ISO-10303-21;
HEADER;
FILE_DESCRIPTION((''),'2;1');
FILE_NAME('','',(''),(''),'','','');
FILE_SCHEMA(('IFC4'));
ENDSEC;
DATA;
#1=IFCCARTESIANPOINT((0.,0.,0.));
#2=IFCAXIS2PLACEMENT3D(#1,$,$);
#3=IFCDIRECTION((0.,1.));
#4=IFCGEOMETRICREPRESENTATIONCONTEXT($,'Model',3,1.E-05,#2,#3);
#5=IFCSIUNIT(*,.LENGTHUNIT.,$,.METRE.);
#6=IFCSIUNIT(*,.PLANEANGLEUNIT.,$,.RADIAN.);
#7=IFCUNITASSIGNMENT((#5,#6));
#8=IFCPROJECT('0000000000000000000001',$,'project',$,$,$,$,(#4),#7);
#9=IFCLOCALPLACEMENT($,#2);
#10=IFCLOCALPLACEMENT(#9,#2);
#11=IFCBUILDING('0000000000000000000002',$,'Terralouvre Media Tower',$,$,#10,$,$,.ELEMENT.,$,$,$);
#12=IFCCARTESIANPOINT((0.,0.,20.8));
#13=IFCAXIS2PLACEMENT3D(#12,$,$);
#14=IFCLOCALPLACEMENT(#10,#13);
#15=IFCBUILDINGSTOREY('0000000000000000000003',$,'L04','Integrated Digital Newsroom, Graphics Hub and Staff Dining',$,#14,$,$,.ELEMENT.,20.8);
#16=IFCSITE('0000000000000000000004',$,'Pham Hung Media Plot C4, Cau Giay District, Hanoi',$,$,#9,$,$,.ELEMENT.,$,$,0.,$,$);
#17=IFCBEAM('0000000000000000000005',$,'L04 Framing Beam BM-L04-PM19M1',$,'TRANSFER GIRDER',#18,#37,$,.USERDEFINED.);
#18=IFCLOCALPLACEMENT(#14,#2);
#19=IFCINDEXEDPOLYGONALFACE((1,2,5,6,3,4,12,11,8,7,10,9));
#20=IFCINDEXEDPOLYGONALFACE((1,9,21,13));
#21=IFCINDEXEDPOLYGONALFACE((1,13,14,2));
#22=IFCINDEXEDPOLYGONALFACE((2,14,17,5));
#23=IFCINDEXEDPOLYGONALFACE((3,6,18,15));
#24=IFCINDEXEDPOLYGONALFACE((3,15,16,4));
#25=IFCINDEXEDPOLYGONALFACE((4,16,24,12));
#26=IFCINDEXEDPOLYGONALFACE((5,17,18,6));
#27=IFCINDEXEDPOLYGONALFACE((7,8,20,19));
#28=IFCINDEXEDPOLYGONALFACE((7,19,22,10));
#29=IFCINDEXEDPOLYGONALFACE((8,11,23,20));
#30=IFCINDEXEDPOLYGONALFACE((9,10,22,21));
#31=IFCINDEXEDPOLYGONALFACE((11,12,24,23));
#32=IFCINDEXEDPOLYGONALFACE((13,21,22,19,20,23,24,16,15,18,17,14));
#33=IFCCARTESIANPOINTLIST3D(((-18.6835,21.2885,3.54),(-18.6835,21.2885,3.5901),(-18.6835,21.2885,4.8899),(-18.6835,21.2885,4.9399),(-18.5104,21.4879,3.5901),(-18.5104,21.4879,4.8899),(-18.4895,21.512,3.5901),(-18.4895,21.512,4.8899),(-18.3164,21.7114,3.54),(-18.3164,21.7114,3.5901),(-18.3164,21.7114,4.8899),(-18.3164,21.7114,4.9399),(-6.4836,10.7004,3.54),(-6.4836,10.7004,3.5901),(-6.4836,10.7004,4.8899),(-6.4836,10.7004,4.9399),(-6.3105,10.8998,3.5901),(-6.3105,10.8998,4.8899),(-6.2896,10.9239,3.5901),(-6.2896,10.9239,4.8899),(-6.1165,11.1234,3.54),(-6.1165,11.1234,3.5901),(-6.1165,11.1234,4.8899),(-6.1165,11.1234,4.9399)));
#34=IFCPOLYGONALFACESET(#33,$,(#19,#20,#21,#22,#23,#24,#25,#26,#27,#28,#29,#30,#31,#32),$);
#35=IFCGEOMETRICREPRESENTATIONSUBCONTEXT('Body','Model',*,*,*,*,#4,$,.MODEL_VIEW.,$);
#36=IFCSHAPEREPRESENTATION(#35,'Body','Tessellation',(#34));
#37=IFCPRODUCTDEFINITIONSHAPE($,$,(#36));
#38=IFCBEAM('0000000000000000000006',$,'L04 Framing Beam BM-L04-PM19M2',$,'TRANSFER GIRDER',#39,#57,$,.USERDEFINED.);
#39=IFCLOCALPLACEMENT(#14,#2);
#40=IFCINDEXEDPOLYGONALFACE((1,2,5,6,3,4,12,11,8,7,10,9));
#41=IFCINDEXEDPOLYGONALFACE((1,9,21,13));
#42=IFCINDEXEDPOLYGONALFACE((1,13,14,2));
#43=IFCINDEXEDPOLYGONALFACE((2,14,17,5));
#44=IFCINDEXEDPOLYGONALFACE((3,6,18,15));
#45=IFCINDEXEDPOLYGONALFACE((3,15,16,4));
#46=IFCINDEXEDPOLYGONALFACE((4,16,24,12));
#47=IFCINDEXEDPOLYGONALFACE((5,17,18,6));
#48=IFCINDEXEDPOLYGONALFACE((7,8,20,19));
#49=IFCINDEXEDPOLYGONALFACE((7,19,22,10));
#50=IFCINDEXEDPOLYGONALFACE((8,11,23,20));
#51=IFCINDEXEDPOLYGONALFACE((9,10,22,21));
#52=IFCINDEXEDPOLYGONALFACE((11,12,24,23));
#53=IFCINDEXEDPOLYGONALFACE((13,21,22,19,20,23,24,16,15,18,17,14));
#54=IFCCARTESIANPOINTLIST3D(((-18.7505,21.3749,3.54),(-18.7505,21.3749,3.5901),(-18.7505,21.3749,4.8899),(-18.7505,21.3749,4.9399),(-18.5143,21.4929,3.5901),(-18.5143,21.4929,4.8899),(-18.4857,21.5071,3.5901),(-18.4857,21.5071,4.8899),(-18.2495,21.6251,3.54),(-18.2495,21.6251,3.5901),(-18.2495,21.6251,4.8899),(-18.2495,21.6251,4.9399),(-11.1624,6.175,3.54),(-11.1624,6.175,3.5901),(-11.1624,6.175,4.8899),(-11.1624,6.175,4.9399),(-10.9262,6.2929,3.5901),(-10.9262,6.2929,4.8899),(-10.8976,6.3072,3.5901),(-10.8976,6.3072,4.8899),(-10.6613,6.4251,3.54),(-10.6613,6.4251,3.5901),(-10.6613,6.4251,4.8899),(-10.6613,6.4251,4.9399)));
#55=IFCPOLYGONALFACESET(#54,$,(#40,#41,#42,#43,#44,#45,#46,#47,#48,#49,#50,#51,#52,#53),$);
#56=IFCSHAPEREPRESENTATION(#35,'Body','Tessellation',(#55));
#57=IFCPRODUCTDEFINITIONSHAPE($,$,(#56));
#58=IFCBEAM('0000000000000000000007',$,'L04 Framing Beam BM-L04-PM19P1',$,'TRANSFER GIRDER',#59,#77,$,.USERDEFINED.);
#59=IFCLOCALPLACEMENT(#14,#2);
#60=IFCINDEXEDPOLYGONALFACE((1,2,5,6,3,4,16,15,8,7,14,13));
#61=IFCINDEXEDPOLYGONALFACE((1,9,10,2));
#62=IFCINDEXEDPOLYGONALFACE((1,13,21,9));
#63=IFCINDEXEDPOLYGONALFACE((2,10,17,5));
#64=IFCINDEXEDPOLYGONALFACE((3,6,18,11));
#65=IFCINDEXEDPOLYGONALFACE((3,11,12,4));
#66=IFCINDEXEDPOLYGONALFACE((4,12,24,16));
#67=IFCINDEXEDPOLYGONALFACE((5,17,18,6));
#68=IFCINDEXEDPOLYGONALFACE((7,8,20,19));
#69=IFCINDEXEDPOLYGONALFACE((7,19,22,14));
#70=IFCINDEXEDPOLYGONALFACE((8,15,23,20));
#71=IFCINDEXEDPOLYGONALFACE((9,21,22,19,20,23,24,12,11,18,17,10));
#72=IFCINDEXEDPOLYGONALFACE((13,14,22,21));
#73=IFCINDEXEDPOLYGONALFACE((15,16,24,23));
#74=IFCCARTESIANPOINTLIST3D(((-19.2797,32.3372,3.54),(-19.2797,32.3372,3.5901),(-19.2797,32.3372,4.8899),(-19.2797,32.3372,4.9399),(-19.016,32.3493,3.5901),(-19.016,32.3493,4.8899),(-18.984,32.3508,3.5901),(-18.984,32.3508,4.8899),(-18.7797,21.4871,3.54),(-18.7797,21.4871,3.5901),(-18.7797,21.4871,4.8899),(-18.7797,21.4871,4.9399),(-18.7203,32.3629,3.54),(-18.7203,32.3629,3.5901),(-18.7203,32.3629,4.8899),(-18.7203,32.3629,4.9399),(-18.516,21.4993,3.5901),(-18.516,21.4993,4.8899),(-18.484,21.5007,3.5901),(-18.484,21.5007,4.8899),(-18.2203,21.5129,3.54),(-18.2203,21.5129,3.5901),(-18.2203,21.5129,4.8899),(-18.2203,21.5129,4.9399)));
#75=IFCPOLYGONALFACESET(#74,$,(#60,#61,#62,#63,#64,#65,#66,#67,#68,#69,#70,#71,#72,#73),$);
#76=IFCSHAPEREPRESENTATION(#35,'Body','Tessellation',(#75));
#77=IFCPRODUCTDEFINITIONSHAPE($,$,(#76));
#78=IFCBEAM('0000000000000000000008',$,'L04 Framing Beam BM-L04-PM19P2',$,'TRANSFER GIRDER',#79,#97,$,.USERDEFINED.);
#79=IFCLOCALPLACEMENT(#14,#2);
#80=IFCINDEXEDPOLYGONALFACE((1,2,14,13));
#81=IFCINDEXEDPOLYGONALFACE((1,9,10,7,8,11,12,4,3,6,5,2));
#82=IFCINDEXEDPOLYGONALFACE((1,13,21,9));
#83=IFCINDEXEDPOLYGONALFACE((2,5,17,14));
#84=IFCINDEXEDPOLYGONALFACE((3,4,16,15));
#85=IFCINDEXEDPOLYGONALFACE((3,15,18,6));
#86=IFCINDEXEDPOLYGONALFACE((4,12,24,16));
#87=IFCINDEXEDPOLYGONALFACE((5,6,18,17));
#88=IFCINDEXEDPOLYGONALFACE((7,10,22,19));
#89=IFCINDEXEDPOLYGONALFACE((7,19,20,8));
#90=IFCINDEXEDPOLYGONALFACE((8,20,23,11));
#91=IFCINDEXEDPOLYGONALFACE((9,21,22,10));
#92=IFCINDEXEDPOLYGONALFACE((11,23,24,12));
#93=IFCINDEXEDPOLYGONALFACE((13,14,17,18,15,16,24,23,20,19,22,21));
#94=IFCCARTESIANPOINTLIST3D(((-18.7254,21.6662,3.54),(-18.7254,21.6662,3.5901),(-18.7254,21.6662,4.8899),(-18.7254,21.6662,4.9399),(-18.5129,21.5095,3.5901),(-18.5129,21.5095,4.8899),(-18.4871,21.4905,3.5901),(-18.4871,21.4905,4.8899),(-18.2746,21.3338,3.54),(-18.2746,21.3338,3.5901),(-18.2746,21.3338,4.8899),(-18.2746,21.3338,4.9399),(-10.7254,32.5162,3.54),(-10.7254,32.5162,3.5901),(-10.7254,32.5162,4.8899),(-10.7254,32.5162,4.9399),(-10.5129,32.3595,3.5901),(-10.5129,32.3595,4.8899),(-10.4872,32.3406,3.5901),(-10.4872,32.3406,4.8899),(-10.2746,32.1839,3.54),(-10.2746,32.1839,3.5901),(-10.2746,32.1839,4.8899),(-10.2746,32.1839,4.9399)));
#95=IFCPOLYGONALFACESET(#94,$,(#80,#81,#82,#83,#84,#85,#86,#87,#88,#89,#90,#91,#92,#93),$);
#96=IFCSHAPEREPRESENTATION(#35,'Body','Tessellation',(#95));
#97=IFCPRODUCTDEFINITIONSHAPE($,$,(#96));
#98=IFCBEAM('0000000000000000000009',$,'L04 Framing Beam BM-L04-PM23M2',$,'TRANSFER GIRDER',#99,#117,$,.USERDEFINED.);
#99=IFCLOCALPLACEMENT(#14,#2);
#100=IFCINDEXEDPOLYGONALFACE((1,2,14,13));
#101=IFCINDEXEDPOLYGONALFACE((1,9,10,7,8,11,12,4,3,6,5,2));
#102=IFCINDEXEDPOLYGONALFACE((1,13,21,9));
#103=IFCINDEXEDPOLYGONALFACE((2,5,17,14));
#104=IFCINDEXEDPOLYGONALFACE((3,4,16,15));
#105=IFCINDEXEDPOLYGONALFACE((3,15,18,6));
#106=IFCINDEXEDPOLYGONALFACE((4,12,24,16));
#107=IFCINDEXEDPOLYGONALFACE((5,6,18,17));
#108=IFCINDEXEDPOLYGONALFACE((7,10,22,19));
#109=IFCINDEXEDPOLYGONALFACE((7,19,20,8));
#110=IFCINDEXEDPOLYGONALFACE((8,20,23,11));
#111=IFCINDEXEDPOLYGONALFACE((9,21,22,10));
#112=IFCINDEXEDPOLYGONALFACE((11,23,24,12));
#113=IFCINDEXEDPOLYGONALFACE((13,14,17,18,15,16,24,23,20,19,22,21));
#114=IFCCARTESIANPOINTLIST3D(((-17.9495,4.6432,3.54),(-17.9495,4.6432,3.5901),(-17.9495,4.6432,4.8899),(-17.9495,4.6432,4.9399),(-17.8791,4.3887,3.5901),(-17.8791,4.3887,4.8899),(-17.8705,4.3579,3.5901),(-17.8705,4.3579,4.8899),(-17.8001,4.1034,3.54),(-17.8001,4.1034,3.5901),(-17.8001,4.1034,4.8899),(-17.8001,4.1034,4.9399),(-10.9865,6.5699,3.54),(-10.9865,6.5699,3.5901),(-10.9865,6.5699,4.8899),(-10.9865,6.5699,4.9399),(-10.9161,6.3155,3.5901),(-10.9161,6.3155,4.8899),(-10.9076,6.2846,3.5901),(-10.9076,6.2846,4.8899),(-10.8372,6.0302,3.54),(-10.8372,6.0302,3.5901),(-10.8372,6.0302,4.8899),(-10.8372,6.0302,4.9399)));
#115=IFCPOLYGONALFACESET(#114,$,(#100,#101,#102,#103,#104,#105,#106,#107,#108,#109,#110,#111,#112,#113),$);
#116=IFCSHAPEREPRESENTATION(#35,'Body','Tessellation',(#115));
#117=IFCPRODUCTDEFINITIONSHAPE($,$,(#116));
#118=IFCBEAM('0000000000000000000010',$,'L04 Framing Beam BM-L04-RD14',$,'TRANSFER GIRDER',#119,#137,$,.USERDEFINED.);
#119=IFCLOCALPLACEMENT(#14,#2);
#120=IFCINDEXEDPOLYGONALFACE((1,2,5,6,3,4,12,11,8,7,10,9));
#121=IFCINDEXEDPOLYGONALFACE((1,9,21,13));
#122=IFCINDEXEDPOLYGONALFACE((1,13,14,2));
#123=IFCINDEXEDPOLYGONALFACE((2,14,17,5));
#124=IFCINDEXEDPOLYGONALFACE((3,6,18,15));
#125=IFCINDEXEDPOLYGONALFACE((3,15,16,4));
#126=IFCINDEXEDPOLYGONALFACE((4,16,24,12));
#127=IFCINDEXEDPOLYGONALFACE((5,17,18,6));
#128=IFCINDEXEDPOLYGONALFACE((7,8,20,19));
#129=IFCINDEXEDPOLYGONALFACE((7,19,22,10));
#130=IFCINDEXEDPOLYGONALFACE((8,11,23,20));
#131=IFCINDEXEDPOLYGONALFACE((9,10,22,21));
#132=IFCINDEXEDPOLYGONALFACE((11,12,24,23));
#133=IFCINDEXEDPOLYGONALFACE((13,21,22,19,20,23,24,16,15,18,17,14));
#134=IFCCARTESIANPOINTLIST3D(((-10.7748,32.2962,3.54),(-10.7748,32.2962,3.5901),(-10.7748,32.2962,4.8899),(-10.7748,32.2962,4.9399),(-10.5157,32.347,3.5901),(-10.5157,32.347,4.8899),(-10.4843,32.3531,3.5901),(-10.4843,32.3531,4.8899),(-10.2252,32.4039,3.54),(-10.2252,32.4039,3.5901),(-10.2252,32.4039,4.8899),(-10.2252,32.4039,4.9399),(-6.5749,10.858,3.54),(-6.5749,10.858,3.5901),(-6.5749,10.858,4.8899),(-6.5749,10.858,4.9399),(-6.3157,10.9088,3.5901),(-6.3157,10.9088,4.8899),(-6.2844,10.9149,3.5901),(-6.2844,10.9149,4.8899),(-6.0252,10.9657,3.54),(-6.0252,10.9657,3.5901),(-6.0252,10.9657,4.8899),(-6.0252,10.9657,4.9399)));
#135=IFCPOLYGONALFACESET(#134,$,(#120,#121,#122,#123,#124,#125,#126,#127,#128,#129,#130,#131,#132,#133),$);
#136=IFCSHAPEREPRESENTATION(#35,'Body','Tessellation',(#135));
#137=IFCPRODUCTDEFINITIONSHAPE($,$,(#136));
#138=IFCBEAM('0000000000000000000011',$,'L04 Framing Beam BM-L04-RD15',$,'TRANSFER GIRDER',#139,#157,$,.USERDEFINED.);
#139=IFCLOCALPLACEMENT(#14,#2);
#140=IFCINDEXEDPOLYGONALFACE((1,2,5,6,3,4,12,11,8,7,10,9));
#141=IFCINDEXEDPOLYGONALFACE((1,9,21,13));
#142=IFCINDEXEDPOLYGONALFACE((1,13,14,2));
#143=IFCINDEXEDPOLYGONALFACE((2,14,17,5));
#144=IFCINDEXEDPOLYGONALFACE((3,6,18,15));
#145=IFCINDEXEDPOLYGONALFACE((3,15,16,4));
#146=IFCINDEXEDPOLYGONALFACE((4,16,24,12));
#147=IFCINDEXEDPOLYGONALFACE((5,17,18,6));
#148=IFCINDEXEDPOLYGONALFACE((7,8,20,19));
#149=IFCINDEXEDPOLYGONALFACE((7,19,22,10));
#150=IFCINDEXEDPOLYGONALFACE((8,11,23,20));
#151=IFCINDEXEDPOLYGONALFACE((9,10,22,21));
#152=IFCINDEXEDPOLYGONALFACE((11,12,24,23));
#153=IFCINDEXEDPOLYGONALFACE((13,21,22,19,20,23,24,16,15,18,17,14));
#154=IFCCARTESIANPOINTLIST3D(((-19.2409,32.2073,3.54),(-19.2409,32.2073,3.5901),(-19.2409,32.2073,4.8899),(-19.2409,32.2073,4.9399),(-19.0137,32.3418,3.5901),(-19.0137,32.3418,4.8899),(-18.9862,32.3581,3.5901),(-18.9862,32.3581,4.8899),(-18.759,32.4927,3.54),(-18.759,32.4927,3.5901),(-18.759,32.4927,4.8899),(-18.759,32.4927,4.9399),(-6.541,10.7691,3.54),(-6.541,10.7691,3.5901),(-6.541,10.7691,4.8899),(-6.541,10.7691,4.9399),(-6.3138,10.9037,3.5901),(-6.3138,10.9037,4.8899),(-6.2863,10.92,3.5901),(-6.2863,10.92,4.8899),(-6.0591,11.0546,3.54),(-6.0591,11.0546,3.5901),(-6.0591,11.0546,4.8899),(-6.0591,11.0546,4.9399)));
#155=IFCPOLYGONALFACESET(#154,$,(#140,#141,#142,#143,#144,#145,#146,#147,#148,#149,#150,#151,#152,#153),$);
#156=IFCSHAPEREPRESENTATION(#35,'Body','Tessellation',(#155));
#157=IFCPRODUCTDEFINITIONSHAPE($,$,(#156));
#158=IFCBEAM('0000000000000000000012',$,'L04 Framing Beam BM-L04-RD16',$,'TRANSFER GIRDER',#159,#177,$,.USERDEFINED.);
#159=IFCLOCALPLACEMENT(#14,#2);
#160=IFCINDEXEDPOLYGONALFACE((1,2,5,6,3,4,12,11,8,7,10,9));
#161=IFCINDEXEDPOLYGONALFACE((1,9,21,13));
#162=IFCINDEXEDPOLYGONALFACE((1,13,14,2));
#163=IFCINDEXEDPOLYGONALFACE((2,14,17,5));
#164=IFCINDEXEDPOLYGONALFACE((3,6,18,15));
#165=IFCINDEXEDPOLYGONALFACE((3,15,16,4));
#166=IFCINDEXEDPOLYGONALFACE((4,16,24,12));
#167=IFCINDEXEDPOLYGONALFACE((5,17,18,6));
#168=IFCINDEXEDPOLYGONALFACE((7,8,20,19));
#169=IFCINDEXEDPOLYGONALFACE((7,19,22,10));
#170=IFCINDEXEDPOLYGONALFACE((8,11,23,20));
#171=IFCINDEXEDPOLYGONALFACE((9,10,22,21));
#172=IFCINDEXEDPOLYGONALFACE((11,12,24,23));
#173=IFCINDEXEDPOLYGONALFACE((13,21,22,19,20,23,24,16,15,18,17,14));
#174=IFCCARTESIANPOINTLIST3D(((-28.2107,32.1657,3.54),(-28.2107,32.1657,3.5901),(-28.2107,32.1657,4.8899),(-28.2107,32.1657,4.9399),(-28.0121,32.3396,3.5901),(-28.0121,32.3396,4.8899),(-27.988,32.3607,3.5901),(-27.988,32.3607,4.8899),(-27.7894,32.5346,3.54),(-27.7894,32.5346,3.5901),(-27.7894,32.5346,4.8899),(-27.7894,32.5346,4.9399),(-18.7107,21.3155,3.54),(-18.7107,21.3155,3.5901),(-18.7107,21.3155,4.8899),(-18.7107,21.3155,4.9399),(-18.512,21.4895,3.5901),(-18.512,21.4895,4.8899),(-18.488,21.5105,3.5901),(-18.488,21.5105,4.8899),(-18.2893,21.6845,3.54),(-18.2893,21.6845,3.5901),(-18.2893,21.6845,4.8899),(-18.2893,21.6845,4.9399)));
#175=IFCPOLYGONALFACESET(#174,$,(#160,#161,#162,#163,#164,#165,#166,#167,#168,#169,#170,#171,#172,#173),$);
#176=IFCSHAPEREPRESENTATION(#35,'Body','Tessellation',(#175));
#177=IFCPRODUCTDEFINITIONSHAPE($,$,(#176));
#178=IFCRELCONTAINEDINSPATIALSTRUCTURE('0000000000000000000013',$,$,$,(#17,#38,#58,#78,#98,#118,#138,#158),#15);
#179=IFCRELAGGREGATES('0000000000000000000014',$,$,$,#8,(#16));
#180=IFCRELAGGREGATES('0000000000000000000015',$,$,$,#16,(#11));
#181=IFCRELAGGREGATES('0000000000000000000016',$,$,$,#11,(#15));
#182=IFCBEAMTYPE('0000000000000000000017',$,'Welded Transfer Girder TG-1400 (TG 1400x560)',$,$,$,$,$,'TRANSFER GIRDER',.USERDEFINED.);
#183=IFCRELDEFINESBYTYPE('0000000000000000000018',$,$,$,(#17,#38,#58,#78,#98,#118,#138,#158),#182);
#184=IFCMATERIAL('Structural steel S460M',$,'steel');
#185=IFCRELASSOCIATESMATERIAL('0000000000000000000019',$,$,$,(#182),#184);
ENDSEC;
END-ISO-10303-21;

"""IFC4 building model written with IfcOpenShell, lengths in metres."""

from ifc_helpers import new_model, si_unit, direction, frame, origin, origin_2d, place, context, subcontext, project, spatial, i_section, extrude, material, material_profile, profile_set, type_object, element, save


model = new_model("IFC4")

# Units and contexts
model_context = context("Model", 3, precision=1e-05, world=origin(), true_north=direction((0.0, 1.0)))
body_context = subcontext(model_context, "Body", "Model", "MODEL_VIEW")
ifc_project = project(units=[si_unit("LENGTHUNIT", "METRE"), si_unit("PLANEANGLEUNIT", "RADIAN")], contexts=[model_context])

# Site, building, storey
site_placement = place(None, origin())
site = spatial("IfcSite", under=ifc_project, at=site_placement, Name="Pham Hung Media Plot C4, Cau Giay District, Hanoi", CompositionType="ELEMENT", RefElevation=0.0)
building_placement = place(site_placement, origin())
building = spatial("IfcBuilding", under=site, at=building_placement, Name="Terralouvre Media Tower", CompositionType="ELEMENT")
storey_placement = place(building_placement, frame((0.0, 0.0, 20.8)))
storey = spatial("IfcBuildingStorey", under=building, at=storey_placement, Name="L04", Description="Integrated Digital Newsroom, Graphics Hub and Staff Dining", CompositionType="ELEMENT", Elevation=20.8)

# Beams
ifc_material_1 = material(Name="Structural steel S460M", Category="steel")
ifc_material_profile_1 = material_profile(ifc_material_1, i_section(OverallWidth=0.5601, OverallDepth=1.3999, WebThickness=0.032, FlangeThickness=0.05, at=origin_2d()), Name="TG 1400x560")
ifc_profile_set_1 = profile_set([ifc_material_profile_1], Name="Structural steel S460M")
beam_type_1 = type_object("IfcBeamType", Name="Welded Transfer Girder TG-1400 (TG 1400x560)", ElementType="TRANSFER GIRDER", PredefinedType="USERDEFINED", material=ifc_profile_set_1)
beam_1_placement = place(storey_placement, frame((-6.3, 10.9119, 4.24), z_axis=(-0.755234, 0.655455, 0.0), x_axis=(-0.655455, -0.755234, 0.0)))
element("IfcBeam", 1, at=beam_1_placement, inside=storey, type_object=beam_type_1, Name="L04 Framing Beam BM-L04-PM19M1", ObjectType="TRANSFER GIRDER", PredefinedType="USERDEFINED", context=body_context, shape_type="SweptSolid", body=[
    extrude(i_section(OverallWidth=0.5601, OverallDepth=1.3999, WebThickness=0.032, FlangeThickness=0.05, at=origin_2d()), origin(), (0.0, 0.0, 1.0), 16.1538),
])
beam_2_placement = place(storey_placement, frame((-10.9119, 6.3, 4.24), z_axis=(-0.446656, 0.894706, 0.0), x_axis=(-0.894706, -0.446656, 0.0)))
element("IfcBeam", 2, at=beam_2_placement, inside=storey, type_object=beam_type_1, Name="L04 Framing Beam BM-L04-PM19M2", ObjectType="TRANSFER GIRDER", PredefinedType="USERDEFINED", context=body_context, shape_type="SweptSolid", body=[
    extrude(i_section(OverallWidth=0.5601, OverallDepth=1.3999, WebThickness=0.032, FlangeThickness=0.05, at=origin_2d()), origin(), (0.0, 0.0, 1.0), 16.9888),
])
beam_3_placement = place(storey_placement, frame((-18.5, 21.5, 4.24), z_axis=(-0.046034, 0.99894, 0.0), x_axis=(-0.99894, -0.046034, 0.0)))
element("IfcBeam", 3, at=beam_3_placement, inside=storey, type_object=beam_type_1, Name="L04 Framing Beam BM-L04-PM19P1", ObjectType="TRANSFER GIRDER", PredefinedType="USERDEFINED", context=body_context, shape_type="SweptSolid", body=[
    extrude(i_section(OverallWidth=0.5601, OverallDepth=1.3999, WebThickness=0.032, FlangeThickness=0.05, at=origin_2d()), origin(), (0.0, 0.0, 1.0), 10.8616),
])
beam_4_placement = place(storey_placement, frame((-18.5, 21.5, 4.24), z_axis=(0.593449, 0.804872, 0.0), x_axis=(-0.804872, 0.593449, 0.0)))
element("IfcBeam", 4, at=beam_4_placement, inside=storey, type_object=beam_type_1, Name="L04 Framing Beam BM-L04-PM19P2", ObjectType="TRANSFER GIRDER", PredefinedType="USERDEFINED", context=body_context, shape_type="SweptSolid", body=[
    extrude(i_section(OverallWidth=0.5601, OverallDepth=1.3999, WebThickness=0.032, FlangeThickness=0.05, at=origin_2d()), origin(), (0.0, 0.0, 1.0), 13.4805),
])
beam_5_placement = place(storey_placement, frame((-10.9119, 6.3, 4.24), z_axis=(-0.963781, -0.266696, 0.0), x_axis=(0.266696, -0.963781, 0.0)))
element("IfcBeam", 5, at=beam_5_placement, inside=storey, type_object=beam_type_1, Name="L04 Framing Beam BM-L04-PM23M2", ObjectType="TRANSFER GIRDER", PredefinedType="USERDEFINED", context=body_context, shape_type="SweptSolid", body=[
    extrude(i_section(OverallWidth=0.5601, OverallDepth=1.3999, WebThickness=0.032, FlangeThickness=0.05, at=origin_2d()), origin(), (0.0, 0.0, 1.0), 7.2246),
])
beam_6_placement = place(storey_placement, frame((-6.3, 10.9119, 4.24), z_axis=(-0.192255, 0.981345, 0.0), x_axis=(-0.981345, -0.192255, 0.0)))
element("IfcBeam", 6, at=beam_6_placement, inside=storey, type_object=beam_type_1, Name="L04 Framing Beam BM-L04-RD14", ObjectType="TRANSFER GIRDER", PredefinedType="USERDEFINED", context=body_context, shape_type="SweptSolid", body=[
    extrude(i_section(OverallWidth=0.5601, OverallDepth=1.3999, WebThickness=0.032, FlangeThickness=0.05, at=origin_2d()), origin(), (0.0, 0.0, 1.0), 21.8457),
])
beam_7_placement = place(storey_placement, frame((-6.3, 10.9119, 4.24), z_axis=(-0.509678, 0.860365, 0.0), x_axis=(-0.860365, -0.509678, 0.0)))
element("IfcBeam", 7, at=beam_7_placement, inside=storey, type_object=beam_type_1, Name="L04 Framing Beam BM-L04-RD15", ObjectType="TRANSFER GIRDER", PredefinedType="USERDEFINED", context=body_context, shape_type="SweptSolid", body=[
    extrude(i_section(OverallWidth=0.5601, OverallDepth=1.3999, WebThickness=0.032, FlangeThickness=0.05, at=origin_2d()), origin(), (0.0, 0.0, 1.0), 24.9175),
])
beam_8_placement = place(storey_placement, frame((-18.5, 21.5, 4.24), z_axis=(-0.658747, 0.752365, 0.0), x_axis=(-0.752365, -0.658747, 0.0)))
element("IfcBeam", 8, at=beam_8_placement, inside=storey, type_object=beam_type_1, Name="L04 Framing Beam BM-L04-RD16", ObjectType="TRANSFER GIRDER", PredefinedType="USERDEFINED", context=body_context, shape_type="SweptSolid", body=[
    extrude(i_section(OverallWidth=0.5601, OverallDepth=1.3999, WebThickness=0.032, FlangeThickness=0.05, at=origin_2d()), origin(), (0.0, 0.0, 1.0), 14.4214),
])

save(model, "model.ifc")
